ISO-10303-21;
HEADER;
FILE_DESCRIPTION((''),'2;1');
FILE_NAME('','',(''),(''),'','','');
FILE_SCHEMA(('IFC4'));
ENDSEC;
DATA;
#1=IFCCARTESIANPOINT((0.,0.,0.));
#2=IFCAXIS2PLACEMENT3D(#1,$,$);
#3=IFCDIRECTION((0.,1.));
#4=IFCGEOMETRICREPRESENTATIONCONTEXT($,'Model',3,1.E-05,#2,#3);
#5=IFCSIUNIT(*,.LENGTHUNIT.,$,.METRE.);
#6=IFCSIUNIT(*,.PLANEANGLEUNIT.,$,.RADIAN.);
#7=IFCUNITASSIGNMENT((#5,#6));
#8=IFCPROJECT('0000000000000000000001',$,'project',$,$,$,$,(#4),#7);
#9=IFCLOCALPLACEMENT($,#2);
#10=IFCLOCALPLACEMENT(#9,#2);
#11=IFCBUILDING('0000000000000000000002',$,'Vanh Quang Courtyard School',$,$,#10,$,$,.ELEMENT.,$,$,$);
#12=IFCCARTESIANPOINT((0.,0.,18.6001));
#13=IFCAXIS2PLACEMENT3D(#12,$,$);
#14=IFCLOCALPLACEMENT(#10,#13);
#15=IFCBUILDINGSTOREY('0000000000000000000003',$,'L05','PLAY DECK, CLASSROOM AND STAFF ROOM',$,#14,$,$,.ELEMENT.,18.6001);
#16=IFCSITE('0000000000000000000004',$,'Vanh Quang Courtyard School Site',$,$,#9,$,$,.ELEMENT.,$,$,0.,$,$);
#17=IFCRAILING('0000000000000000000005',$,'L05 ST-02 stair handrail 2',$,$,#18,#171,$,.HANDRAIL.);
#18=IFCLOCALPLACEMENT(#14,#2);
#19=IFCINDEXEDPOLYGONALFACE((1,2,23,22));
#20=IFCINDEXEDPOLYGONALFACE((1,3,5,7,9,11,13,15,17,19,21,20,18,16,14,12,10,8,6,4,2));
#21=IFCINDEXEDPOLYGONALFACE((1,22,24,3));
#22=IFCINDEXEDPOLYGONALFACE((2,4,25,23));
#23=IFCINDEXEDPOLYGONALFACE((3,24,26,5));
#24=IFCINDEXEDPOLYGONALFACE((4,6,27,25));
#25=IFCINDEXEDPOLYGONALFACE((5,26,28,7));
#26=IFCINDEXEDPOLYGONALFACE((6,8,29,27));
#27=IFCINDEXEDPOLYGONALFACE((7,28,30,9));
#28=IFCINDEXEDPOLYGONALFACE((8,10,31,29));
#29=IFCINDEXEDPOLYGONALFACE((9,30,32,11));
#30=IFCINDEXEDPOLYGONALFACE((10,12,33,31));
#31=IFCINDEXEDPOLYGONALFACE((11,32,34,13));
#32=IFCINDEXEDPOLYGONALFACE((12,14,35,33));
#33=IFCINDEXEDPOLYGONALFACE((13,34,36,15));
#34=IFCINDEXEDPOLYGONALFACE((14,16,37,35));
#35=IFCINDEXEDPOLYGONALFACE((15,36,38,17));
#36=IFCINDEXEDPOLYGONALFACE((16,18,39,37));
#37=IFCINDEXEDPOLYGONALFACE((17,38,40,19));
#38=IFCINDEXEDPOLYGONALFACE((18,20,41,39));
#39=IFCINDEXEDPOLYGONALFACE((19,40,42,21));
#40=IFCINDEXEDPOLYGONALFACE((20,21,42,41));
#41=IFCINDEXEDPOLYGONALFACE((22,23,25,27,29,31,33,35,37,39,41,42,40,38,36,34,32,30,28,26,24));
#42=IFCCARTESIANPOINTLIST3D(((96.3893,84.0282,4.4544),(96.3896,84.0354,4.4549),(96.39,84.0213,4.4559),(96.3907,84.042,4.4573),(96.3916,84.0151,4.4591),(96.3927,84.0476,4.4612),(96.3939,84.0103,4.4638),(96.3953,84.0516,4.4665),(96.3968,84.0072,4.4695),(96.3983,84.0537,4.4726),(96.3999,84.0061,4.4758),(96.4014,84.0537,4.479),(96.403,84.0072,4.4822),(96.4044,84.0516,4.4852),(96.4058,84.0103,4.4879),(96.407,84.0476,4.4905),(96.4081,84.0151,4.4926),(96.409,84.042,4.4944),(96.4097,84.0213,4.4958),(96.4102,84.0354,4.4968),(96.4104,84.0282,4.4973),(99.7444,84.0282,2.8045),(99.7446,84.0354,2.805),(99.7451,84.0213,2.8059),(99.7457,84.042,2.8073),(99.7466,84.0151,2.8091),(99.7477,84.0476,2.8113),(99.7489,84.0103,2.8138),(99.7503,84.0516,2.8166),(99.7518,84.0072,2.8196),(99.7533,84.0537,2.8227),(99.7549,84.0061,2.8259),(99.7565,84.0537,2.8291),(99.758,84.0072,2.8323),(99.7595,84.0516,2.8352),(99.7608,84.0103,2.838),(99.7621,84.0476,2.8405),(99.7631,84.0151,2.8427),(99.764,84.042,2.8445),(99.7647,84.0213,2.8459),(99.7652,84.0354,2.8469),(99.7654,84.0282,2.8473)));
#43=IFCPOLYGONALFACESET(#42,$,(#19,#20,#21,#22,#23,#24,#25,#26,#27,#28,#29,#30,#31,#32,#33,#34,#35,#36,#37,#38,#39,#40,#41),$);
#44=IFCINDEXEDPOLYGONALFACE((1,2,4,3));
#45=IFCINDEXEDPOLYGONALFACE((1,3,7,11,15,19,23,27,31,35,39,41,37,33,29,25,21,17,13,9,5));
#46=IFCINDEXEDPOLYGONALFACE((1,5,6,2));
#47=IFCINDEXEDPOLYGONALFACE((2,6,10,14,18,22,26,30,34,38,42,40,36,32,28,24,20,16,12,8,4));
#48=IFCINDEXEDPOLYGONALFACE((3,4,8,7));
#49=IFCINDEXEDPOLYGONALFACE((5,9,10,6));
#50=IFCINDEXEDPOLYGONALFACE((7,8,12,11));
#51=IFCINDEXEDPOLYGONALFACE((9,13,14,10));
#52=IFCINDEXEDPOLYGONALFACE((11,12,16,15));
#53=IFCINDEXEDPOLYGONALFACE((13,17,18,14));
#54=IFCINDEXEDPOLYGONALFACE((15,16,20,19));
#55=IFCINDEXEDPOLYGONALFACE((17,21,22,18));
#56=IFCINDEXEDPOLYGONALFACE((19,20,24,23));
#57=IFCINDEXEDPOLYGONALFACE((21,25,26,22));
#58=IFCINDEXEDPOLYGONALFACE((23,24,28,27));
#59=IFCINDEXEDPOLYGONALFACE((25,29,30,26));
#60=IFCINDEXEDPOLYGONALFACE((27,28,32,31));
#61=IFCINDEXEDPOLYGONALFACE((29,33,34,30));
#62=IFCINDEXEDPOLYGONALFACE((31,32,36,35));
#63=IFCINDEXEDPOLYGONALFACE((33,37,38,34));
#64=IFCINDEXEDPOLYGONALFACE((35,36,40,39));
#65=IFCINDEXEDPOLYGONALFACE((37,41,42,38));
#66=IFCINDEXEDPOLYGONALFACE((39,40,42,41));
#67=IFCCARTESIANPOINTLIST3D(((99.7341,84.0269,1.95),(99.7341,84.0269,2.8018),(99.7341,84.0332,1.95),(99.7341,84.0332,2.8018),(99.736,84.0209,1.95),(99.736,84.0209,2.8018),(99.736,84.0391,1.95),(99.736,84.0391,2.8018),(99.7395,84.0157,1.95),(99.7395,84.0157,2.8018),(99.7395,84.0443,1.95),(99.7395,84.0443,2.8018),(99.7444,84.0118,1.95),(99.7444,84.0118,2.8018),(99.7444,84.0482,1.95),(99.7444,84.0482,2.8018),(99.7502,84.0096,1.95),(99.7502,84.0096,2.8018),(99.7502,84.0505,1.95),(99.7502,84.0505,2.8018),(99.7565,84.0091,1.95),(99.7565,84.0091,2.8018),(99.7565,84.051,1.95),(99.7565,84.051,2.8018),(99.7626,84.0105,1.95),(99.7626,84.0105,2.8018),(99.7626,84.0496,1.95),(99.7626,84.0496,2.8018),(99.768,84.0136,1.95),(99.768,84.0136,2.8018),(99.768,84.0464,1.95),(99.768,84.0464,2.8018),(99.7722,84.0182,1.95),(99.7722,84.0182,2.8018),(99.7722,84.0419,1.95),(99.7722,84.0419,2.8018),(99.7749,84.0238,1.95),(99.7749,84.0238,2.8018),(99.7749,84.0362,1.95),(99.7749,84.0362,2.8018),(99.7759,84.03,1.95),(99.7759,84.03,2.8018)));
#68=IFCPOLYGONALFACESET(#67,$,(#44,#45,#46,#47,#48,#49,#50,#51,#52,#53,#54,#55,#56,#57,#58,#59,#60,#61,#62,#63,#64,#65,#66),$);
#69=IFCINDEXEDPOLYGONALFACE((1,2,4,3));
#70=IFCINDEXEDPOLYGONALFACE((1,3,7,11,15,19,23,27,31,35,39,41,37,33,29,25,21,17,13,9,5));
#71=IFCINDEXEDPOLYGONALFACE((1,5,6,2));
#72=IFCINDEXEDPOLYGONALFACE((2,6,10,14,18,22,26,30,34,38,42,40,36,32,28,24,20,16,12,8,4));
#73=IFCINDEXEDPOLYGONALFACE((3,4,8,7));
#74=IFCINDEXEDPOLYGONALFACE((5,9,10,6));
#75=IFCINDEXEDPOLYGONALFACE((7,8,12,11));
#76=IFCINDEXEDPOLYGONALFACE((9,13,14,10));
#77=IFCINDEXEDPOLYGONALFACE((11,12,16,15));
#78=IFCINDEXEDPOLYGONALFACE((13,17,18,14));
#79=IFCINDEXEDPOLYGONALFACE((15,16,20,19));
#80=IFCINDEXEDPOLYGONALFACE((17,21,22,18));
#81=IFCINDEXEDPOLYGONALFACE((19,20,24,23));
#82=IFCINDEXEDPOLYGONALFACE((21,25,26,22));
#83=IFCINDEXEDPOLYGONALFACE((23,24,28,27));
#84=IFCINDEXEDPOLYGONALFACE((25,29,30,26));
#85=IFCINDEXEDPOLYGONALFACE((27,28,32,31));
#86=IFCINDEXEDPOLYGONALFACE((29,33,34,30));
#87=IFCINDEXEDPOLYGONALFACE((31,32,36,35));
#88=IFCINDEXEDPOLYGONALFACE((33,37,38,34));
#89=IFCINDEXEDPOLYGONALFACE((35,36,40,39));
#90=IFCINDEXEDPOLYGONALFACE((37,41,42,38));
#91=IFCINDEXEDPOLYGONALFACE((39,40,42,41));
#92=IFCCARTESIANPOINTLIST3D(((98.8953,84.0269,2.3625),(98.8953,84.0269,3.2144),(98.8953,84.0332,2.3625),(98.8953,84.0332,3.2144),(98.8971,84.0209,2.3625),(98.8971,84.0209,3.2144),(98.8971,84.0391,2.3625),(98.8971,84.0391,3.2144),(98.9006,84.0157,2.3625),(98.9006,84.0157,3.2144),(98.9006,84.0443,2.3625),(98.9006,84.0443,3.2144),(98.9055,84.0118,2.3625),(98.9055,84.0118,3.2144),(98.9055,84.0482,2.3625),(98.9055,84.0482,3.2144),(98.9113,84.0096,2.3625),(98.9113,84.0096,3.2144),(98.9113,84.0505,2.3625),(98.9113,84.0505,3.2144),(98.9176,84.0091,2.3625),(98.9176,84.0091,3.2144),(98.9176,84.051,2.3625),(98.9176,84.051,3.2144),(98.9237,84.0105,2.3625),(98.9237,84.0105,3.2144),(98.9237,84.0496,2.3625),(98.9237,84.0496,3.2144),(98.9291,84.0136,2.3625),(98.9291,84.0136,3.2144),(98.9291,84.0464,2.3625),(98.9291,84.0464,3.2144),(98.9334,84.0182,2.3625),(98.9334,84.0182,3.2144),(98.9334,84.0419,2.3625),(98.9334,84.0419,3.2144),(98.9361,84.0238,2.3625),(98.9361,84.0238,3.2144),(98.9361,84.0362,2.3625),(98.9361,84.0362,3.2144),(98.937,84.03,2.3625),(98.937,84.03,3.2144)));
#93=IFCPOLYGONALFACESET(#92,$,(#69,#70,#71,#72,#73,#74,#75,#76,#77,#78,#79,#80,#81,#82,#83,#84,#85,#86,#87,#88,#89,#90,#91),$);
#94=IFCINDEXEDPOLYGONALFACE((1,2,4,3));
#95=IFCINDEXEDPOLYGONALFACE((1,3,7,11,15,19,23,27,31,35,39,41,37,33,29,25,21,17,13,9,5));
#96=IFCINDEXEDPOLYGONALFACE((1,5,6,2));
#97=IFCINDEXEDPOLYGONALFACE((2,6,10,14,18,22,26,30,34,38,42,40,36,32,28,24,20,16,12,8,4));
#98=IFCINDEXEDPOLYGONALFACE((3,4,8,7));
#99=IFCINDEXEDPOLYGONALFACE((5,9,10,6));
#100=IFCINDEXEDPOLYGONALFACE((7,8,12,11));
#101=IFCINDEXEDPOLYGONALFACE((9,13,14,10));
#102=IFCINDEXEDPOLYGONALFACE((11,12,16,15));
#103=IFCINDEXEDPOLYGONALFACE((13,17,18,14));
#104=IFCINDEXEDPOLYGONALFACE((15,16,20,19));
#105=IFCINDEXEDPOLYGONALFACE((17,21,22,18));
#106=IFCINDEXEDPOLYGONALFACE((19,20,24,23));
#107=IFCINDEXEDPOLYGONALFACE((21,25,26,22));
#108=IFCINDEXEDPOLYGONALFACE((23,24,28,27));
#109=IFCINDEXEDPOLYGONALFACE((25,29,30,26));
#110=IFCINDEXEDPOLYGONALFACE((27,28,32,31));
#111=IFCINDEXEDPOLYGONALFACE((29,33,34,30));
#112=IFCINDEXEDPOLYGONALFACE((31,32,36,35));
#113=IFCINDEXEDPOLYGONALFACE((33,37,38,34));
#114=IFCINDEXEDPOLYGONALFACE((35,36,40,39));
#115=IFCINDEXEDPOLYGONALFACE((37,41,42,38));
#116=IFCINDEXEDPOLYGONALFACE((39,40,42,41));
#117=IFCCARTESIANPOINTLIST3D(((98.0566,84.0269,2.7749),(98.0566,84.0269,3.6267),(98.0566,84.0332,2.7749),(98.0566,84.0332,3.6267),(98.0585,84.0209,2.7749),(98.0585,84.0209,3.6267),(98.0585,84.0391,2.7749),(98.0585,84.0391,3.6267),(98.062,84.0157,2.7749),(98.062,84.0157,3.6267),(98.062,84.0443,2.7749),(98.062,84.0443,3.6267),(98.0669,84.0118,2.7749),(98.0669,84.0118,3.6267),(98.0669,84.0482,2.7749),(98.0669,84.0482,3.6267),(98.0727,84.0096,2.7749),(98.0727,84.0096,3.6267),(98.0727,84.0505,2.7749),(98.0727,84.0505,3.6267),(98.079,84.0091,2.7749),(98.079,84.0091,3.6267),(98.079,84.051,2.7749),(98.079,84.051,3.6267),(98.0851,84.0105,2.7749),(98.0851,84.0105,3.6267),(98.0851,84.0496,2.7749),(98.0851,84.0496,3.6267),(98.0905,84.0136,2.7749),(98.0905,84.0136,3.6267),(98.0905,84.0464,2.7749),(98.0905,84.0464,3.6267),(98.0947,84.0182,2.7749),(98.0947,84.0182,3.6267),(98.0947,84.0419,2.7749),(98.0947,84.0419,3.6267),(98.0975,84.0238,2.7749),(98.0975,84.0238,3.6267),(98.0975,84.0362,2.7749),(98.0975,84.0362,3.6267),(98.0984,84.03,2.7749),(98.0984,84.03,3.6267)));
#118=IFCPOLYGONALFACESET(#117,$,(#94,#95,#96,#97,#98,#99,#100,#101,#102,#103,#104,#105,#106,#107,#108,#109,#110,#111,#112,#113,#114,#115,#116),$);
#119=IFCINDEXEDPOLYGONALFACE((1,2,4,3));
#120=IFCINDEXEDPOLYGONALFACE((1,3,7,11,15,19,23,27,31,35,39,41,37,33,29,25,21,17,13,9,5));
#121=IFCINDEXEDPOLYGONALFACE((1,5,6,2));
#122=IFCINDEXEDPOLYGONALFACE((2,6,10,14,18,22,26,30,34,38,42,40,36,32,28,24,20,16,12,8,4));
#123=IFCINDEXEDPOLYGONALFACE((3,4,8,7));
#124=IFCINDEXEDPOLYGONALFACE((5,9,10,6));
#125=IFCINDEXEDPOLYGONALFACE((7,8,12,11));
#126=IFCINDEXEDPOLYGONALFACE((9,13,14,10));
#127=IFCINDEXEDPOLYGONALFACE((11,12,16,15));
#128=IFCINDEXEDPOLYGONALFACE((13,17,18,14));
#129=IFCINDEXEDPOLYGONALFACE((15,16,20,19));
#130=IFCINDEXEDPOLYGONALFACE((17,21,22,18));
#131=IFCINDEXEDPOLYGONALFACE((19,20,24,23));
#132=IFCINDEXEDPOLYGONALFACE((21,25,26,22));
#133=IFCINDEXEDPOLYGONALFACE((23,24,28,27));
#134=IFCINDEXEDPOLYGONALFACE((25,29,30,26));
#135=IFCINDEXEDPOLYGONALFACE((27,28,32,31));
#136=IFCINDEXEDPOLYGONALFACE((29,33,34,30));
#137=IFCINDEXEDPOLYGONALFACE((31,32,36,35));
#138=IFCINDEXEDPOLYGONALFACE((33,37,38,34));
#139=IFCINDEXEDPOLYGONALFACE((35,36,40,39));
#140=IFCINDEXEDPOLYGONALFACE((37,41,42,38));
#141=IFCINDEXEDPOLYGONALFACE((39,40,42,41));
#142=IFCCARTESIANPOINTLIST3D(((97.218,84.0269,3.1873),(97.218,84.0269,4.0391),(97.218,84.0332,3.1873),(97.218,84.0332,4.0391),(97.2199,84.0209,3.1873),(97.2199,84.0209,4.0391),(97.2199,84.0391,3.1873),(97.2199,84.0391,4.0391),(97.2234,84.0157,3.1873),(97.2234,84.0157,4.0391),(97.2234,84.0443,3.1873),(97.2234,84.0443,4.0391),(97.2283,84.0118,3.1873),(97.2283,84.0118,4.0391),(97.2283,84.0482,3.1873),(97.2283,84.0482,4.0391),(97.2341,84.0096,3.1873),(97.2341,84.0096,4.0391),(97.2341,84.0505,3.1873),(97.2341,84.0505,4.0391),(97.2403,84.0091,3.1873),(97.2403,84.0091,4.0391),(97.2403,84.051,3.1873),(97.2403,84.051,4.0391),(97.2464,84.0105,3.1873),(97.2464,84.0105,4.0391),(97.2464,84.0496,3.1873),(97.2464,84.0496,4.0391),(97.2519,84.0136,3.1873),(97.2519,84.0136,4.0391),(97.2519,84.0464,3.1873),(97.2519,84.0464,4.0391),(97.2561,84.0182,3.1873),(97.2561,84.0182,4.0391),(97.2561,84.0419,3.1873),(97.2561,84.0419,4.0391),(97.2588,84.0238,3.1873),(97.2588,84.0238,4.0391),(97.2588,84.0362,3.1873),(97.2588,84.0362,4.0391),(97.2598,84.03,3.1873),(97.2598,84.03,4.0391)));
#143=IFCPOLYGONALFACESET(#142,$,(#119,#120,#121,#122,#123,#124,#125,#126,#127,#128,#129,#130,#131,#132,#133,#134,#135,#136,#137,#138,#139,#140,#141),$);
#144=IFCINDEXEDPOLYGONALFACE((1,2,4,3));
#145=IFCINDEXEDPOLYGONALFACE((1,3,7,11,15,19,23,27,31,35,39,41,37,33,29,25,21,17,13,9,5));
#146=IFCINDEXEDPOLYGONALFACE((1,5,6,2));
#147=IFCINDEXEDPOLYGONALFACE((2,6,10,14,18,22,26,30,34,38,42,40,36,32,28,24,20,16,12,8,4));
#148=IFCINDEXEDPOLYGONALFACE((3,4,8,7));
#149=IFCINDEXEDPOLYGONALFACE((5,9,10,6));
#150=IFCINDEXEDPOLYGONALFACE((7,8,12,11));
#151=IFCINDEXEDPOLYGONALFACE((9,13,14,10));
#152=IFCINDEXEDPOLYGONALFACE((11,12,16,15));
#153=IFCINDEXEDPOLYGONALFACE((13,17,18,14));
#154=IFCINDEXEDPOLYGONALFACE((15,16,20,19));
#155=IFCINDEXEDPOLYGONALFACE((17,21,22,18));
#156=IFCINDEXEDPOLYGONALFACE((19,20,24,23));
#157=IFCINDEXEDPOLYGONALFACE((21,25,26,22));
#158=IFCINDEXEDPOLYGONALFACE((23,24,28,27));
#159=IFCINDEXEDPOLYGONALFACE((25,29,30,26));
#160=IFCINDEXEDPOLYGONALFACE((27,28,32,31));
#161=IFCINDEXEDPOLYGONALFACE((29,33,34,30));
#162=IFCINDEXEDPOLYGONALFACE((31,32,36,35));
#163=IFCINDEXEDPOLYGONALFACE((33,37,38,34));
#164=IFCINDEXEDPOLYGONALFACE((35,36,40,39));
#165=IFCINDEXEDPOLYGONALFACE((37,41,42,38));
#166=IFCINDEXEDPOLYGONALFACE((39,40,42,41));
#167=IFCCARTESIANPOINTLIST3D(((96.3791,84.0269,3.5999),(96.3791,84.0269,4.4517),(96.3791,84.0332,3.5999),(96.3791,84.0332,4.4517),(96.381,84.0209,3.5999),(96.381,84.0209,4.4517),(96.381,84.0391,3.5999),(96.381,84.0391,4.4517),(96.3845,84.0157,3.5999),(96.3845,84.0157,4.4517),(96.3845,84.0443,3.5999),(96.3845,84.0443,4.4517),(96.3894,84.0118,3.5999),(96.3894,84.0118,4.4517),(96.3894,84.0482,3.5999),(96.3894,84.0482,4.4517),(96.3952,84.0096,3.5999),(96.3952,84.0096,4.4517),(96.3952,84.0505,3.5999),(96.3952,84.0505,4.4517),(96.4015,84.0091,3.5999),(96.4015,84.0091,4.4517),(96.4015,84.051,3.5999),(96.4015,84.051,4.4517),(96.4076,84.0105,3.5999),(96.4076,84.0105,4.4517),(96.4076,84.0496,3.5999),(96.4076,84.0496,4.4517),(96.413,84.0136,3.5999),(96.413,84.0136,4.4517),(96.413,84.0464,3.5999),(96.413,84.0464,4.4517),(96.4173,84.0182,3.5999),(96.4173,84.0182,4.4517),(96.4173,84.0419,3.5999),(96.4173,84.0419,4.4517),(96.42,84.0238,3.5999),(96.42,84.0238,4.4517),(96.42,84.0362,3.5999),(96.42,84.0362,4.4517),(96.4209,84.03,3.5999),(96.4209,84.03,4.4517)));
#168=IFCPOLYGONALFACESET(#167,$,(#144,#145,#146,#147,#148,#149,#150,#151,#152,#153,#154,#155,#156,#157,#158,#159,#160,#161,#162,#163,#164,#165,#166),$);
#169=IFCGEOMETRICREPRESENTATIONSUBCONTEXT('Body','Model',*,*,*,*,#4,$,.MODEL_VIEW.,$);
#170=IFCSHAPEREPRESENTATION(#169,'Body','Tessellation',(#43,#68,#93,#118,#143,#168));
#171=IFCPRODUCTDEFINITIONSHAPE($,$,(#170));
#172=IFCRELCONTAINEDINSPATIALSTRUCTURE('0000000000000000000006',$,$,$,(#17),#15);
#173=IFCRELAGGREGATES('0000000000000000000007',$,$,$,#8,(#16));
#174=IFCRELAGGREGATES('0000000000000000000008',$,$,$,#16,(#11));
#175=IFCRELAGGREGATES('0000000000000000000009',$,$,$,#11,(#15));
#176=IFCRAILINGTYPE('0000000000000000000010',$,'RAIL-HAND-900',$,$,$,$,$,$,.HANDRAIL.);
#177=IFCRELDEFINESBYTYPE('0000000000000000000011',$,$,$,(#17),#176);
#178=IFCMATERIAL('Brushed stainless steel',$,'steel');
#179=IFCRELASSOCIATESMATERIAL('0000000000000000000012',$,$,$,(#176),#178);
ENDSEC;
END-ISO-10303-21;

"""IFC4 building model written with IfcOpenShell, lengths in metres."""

from ifc_helpers import new_model, si_unit, direction, frame, origin, origin_2d, place, context, subcontext, project, spatial, circle, extrude, material, type_object, element, save


model = new_model("IFC4")

# Units and contexts
model_context = context("Model", 3, precision=1e-05, world=origin(), true_north=direction((0.0, 1.0)))
body_context = subcontext(model_context, "Body", "Model", "MODEL_VIEW")
ifc_project = project(units=[si_unit("LENGTHUNIT", "METRE"), si_unit("PLANEANGLEUNIT", "RADIAN")], contexts=[model_context])

# Site, building, storey
site_placement = place(None, origin())
site = spatial("IfcSite", under=ifc_project, at=site_placement, Name="Vanh Quang Courtyard School Site", CompositionType="ELEMENT", RefElevation=0.0)
building_placement = place(site_placement, origin())
building = spatial("IfcBuilding", under=site, at=building_placement, Name="Vanh Quang Courtyard School", CompositionType="ELEMENT")
storey_placement = place(building_placement, frame((0.0, 0.0, 18.6001)))
storey = spatial("IfcBuildingStorey", under=building, at=storey_placement, Name="L05", Description="PLAY DECK, CLASSROOM AND STAFF ROOM", CompositionType="ELEMENT", Elevation=18.6001)

# Railing
ifc_material_1 = material(Name="Brushed stainless steel", Category="steel")
railing_type_1 = type_object("IfcRailingType", Name="RAIL-HAND-900", PredefinedType="HANDRAIL", material=ifc_material_1)
railing_1_placement = place(storey_placement, frame((99.7549, 84.03, 1.95)))
element("IfcRailing", 1, at=railing_1_placement, inside=storey, type_object=railing_type_1, Name="L05 ST-02 stair handrail 2", PredefinedType="HANDRAIL", context=body_context, shape_type="SweptSolid", body=[
    extrude(circle(Radius=0.0239, at=origin_2d()), frame((0.0, 0.0, 0.876), z_axis=(-0.897359, 0.0, 0.441301), x_axis=(0.0, -1.0, 0.0)), (0.0, 0.0, 1.0), 3.7388),
    extrude(circle(Radius=0.021, at=origin_2d()), origin(), (0.0, 0.0, 1.0), 0.8518),
    extrude(circle(Radius=0.021, at=origin_2d()), frame((-0.8389, 0.0, 0.4126)), (0.0, 0.0, 1.0), 0.8518),
    extrude(circle(Radius=0.021, at=origin_2d()), frame((-1.6775, 0.0, 0.825)), (0.0, 0.0, 1.0), 0.8518),
    extrude(circle(Radius=0.021, at=origin_2d()), frame((-2.5161, 0.0, 1.2373)), (0.0, 0.0, 1.0), 0.8518),
    extrude(circle(Radius=0.021, at=origin_2d()), frame((-3.355, 0.0, 1.6499)), (0.0, 0.0, 1.0), 0.8518),
])

save(model, "model.ifc")
